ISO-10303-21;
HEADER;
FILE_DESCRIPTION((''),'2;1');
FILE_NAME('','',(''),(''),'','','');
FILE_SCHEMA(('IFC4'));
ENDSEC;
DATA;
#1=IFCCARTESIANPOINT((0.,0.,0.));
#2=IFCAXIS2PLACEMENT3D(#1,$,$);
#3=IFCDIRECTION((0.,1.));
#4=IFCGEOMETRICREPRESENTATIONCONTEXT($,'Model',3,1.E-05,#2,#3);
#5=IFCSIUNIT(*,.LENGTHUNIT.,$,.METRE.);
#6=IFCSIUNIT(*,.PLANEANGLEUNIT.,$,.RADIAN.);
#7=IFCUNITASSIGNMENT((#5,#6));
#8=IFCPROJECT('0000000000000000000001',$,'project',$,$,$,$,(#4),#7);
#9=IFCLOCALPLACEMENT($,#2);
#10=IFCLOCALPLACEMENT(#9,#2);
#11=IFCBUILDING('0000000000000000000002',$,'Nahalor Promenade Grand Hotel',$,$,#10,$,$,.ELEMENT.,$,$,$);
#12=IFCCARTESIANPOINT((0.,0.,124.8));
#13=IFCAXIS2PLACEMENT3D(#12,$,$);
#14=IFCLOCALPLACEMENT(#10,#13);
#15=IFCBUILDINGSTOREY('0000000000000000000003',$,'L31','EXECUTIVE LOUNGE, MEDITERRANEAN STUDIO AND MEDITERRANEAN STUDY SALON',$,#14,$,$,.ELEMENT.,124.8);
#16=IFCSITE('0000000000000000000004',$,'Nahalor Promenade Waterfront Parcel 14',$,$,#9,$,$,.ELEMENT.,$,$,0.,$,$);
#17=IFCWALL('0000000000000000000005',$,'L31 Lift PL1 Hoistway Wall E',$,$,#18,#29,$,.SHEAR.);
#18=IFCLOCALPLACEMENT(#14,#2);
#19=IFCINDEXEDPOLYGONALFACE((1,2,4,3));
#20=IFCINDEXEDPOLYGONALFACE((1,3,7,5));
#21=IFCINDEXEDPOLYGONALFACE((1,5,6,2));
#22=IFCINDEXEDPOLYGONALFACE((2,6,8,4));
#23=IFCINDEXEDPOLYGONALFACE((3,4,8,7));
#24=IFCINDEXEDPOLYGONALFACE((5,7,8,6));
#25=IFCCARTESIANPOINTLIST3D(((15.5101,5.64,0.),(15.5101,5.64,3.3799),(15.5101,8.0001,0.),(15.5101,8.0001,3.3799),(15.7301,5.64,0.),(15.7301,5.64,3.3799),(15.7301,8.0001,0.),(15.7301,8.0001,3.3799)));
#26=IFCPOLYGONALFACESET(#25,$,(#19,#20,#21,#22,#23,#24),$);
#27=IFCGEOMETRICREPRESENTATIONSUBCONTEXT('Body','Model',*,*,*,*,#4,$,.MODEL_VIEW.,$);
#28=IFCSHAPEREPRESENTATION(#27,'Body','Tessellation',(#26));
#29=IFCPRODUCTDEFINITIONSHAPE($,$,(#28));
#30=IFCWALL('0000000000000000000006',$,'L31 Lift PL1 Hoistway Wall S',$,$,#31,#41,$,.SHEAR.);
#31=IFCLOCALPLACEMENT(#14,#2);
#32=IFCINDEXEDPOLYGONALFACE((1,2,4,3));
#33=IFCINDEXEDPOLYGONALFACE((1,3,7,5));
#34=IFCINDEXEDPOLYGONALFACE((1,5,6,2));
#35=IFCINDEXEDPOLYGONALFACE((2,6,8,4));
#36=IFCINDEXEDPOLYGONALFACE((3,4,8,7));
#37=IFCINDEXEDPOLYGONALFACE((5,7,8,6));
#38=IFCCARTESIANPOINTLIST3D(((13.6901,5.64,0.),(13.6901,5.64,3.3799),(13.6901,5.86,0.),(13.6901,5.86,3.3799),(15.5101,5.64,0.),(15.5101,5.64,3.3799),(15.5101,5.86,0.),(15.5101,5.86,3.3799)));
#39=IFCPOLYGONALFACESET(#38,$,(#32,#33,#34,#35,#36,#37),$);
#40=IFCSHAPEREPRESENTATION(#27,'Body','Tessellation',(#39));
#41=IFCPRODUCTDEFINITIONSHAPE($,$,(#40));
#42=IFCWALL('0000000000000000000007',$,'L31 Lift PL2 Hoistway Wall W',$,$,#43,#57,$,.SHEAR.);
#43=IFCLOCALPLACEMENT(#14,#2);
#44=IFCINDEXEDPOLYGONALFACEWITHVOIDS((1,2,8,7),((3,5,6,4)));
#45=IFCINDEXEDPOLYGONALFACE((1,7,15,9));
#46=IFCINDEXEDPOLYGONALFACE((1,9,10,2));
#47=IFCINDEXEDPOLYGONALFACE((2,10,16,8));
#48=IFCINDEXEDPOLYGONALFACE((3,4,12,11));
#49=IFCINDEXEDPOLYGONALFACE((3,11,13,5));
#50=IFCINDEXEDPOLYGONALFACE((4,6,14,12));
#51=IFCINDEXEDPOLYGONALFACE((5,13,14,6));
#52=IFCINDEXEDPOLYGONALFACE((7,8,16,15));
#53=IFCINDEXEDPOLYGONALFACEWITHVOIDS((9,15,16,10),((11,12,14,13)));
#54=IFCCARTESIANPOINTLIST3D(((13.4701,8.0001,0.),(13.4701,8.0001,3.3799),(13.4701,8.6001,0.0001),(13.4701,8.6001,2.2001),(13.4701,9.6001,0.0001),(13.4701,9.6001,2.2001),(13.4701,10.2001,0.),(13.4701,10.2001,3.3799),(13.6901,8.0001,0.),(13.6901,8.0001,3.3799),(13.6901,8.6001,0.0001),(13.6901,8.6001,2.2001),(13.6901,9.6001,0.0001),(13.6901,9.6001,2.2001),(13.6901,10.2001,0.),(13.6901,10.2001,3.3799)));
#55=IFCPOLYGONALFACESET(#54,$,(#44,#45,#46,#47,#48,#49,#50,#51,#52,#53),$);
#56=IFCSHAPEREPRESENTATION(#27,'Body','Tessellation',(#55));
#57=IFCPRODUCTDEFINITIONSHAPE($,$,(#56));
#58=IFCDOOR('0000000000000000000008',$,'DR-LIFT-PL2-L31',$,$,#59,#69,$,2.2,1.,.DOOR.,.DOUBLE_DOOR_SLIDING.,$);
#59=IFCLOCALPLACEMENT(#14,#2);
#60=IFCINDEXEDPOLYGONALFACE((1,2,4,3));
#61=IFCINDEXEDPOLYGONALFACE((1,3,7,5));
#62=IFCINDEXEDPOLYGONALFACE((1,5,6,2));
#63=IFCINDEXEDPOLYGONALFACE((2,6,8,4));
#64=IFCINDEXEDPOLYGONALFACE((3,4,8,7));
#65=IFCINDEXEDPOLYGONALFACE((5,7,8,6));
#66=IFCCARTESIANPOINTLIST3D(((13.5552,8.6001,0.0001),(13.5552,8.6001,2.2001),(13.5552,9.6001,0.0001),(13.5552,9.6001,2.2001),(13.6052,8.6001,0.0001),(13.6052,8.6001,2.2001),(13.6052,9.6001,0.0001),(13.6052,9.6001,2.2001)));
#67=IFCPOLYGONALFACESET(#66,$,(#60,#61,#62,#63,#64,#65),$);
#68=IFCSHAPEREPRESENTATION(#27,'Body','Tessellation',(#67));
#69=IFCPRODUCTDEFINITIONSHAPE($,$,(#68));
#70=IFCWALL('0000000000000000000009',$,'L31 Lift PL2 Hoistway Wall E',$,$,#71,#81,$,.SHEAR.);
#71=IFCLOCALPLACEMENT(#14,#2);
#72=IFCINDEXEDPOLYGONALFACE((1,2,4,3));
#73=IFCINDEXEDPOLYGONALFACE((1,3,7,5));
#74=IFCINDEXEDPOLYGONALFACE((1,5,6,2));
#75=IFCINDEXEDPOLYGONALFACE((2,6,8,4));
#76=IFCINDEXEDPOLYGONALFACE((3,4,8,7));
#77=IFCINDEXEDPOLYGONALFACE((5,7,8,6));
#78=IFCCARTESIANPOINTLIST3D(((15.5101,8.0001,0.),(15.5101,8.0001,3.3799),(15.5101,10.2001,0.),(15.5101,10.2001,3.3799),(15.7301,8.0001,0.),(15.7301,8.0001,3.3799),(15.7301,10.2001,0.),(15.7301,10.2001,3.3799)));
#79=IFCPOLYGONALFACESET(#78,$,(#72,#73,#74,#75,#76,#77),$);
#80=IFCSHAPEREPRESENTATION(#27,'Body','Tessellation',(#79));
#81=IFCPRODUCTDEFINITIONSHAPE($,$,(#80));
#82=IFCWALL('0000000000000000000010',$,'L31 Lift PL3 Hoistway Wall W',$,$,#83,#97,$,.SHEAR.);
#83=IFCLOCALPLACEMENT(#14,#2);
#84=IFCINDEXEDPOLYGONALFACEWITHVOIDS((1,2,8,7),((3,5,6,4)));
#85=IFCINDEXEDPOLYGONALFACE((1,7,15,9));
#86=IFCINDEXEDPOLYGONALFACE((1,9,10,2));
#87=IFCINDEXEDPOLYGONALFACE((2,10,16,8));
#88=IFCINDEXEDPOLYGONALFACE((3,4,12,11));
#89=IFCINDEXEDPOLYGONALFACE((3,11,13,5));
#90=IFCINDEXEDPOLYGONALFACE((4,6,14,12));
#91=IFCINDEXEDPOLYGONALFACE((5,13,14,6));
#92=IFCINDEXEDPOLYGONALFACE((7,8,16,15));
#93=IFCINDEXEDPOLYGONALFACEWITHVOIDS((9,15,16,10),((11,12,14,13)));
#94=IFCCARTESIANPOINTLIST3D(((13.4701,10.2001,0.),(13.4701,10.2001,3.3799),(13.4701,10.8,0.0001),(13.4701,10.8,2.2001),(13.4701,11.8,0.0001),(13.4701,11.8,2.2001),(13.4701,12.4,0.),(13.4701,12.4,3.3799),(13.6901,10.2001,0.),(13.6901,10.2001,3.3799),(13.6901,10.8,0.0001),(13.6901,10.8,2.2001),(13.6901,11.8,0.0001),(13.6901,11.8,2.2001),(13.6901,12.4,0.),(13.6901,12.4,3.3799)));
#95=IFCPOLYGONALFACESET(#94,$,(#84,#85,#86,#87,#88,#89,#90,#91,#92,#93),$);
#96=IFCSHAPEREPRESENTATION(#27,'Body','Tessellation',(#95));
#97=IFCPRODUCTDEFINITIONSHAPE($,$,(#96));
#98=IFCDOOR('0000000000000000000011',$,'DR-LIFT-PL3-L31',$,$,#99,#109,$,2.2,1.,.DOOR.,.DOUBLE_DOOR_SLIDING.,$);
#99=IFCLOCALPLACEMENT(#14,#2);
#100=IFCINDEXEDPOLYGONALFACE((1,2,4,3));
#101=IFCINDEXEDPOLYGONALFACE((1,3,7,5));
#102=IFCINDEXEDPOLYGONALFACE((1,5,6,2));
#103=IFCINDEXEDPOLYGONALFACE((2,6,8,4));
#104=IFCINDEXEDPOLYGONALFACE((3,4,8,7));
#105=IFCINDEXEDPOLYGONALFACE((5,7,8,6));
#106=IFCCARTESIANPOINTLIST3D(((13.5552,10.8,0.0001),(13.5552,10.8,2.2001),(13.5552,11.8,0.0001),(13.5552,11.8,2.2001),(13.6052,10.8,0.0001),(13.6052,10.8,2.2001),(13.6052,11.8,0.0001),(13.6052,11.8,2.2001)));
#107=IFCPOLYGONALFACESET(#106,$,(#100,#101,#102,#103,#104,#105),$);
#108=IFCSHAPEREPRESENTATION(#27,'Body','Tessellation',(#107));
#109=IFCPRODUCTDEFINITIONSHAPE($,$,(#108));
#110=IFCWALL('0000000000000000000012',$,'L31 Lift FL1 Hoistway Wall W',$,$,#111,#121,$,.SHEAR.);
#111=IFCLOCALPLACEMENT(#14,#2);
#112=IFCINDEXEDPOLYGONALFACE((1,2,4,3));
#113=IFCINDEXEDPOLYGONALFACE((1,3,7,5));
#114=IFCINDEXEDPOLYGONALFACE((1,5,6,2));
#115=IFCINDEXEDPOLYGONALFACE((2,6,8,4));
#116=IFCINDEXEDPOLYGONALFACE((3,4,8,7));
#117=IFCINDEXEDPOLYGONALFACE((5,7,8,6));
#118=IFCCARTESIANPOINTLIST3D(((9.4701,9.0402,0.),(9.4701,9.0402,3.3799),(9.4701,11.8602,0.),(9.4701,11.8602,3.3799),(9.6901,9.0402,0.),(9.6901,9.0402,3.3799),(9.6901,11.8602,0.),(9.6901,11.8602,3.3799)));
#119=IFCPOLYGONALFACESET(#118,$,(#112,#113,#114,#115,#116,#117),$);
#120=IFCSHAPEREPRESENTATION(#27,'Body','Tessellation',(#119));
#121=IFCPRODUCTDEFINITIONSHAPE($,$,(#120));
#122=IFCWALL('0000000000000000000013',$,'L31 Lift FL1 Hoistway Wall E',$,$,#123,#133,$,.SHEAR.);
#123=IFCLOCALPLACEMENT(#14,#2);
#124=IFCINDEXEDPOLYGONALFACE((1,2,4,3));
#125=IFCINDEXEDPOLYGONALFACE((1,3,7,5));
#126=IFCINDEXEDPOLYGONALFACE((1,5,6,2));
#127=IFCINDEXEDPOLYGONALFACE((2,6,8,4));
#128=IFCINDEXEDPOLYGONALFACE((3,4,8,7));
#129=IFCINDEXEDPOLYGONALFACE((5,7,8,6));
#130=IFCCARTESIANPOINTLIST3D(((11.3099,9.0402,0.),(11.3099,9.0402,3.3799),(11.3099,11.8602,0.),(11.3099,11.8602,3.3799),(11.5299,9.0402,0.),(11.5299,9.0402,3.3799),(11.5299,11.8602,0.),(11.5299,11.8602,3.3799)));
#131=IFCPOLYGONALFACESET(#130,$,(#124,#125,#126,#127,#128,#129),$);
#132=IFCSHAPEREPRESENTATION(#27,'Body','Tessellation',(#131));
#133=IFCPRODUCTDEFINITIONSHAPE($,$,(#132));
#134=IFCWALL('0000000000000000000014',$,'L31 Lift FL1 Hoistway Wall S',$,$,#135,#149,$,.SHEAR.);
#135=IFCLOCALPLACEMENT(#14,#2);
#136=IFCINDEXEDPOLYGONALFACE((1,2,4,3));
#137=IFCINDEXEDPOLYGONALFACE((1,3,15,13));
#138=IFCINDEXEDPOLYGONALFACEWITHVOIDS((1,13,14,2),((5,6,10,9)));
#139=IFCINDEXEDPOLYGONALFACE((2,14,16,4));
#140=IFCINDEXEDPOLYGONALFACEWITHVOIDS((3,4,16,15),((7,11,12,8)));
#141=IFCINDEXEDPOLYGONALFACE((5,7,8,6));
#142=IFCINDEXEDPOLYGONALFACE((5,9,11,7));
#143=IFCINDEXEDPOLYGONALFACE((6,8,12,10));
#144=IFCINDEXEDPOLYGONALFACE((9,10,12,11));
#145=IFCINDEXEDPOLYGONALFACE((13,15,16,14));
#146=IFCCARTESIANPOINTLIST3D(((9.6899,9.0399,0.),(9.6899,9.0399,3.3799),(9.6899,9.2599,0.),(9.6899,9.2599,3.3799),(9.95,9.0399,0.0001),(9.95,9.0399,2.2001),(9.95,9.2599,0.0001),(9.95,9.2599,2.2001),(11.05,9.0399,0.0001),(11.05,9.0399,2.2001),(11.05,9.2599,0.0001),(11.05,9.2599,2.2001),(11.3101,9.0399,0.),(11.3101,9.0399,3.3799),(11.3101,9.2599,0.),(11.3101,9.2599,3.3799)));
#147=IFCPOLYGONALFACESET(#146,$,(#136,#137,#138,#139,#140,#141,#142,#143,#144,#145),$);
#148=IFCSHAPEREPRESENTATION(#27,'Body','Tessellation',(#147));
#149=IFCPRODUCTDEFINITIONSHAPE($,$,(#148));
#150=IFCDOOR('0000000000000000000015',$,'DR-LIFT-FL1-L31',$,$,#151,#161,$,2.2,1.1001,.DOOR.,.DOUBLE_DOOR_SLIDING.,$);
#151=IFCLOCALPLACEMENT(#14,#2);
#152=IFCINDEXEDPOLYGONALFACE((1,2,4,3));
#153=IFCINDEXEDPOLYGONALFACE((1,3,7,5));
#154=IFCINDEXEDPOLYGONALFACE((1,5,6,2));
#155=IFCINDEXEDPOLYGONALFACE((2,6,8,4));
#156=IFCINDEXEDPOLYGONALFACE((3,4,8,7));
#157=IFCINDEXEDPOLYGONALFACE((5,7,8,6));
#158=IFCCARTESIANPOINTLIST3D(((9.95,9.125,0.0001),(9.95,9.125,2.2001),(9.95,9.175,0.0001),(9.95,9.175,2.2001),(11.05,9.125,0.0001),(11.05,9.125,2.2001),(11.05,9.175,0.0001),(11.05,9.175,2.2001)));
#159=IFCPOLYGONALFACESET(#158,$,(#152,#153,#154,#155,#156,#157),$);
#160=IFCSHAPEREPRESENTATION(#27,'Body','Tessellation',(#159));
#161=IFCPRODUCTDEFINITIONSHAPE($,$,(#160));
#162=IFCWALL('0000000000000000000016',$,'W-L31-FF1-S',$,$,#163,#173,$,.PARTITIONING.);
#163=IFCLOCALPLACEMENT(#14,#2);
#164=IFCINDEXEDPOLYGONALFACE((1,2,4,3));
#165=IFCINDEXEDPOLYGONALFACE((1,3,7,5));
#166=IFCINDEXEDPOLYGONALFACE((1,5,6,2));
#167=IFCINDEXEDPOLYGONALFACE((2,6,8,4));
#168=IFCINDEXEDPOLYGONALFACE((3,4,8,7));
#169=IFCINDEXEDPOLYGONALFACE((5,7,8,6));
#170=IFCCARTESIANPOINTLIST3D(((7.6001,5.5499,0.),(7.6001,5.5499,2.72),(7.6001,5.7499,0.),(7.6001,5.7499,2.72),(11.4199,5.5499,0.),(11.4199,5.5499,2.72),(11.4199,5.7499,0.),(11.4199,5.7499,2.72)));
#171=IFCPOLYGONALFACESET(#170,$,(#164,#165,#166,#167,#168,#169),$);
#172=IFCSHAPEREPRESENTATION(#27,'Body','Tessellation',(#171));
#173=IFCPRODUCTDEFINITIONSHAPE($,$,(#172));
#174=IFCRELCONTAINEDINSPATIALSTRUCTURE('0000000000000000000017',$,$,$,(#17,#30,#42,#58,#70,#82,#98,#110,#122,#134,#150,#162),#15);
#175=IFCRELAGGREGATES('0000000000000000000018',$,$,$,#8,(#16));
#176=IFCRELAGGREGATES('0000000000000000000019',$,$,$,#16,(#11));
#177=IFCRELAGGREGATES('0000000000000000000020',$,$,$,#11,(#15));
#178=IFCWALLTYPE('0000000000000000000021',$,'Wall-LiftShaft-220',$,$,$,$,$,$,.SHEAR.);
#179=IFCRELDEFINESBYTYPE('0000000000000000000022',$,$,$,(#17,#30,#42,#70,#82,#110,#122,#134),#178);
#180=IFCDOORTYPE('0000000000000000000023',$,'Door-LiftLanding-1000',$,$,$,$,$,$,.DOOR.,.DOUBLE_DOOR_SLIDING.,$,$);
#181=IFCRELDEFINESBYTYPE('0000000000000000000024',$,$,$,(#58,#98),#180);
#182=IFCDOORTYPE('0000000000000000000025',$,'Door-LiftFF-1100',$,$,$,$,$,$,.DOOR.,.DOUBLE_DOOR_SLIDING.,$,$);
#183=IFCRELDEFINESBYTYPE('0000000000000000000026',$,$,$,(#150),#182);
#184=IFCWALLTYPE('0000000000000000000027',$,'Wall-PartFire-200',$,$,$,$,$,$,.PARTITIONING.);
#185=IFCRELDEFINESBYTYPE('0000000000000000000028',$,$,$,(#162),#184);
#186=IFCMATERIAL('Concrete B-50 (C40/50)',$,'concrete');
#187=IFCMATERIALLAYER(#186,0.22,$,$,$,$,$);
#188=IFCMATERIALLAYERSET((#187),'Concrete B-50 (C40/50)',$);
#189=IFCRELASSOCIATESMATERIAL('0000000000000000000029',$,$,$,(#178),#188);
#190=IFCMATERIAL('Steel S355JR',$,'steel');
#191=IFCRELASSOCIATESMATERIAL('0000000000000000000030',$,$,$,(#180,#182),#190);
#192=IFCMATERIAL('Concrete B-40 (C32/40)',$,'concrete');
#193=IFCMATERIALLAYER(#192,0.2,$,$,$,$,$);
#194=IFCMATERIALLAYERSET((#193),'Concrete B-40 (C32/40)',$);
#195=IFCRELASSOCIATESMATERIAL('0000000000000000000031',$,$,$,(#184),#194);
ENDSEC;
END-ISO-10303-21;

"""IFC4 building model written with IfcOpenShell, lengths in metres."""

from ifc_helpers import new_model, si_unit, direction, frame, frame_2d, origin, place, context, subcontext, project, spatial, rectangle, extrude, source, transform, mapped, material, layer, layer_set, type_object, element, fill, save


model = new_model("IFC4")

# Units and contexts
model_context = context("Model", 3, precision=1e-05, world=origin(), true_north=direction((0.0, 1.0)))
body_context = subcontext(model_context, "Body", "Model", "MODEL_VIEW")
ifc_project = project(units=[si_unit("LENGTHUNIT", "METRE"), si_unit("PLANEANGLEUNIT", "RADIAN")], contexts=[model_context])

# Site, building, storey
site_placement = place(None, origin())
site = spatial("IfcSite", under=ifc_project, at=site_placement, Name="Nahalor Promenade Waterfront Parcel 14", CompositionType="ELEMENT", RefElevation=0.0)
building_placement = place(site_placement, origin())
building = spatial("IfcBuilding", under=site, at=building_placement, Name="Nahalor Promenade Grand Hotel", CompositionType="ELEMENT")
storey_placement = place(building_placement, frame((0.0, 0.0, 124.8)))
storey = spatial("IfcBuildingStorey", under=building, at=storey_placement, Name="L31", Description="EXECUTIVE LOUNGE, MEDITERRANEAN STUDIO AND MEDITERRANEAN STUDY SALON", CompositionType="ELEMENT", Elevation=124.8)

# Shared definitions
ifc_material_1 = material(Name="Steel S355JR", Category="steel")

# Shared definitions
ifc_material_2 = material(Name="Concrete B-50 (C40/50)", Category="concrete")

# Shared definitions
ifc_layer_1 = layer(ifc_material_2, 0.22)
ifc_layer_set_1 = layer_set([ifc_layer_1], Name="Concrete B-50 (C40/50)")
wall_type_1 = type_object("IfcWallType", Name="Wall-LiftShaft-220", PredefinedType="SHEAR", material=ifc_layer_set_1)

# Shared definitions
shared_shape_1 = source(origin(), body_context, "Body", "SweptSolid", [
    extrude(rectangle(XDim=2.3601, YDim=0.22, at=frame_2d((1.1802, 0.0))), origin(), (0.0, 0.0, 1.0), 3.3799),
])
door_type_1 = type_object("IfcDoorType", Name="Door-LiftLanding-1000", OperationType="DOUBLE_DOOR_SLIDING", PredefinedType="DOOR", material=ifc_material_1)
shared_shape_2 = source(origin(), body_context, "Body", "SweptSolid", [
    extrude(rectangle(XDim=1.0, YDim=2.2, at=frame_2d((0.5, 1.1001))), frame((0.0, 0.0249, 0.0), z_axis=(0.0, -1.0, 0.0), x_axis=(1.0, 0.0, 0.0)), (0.0, 0.0, 1.0), 0.05),
])

# Walls
wall_1_placement = place(storey_placement, frame((15.6201, 5.6399, 0.0), z_axis=(0.0, 0.0, 1.0), x_axis=(0.0, 1.0, 0.0)))
element("IfcWall", 1, at=wall_1_placement, inside=storey, type_object=wall_type_1, Name="L31 Lift PL1 Hoistway Wall E", PredefinedType="SHEAR", context=body_context, shape_type="MappedRepresentation", body=[
    mapped(shared_shape_1, transform((0.0, 0.0, 0.0), scale=1.0)),
])
shared_shape_3 = source(origin(), body_context, "Body", "SweptSolid", [
    extrude(rectangle(XDim=1.8201, YDim=0.22, at=frame_2d((0.9102, 0.0))), origin(), (0.0, 0.0, 1.0), 3.3799),
])
wall_2_placement = place(storey_placement, frame((13.6899, 5.75, 0.0), z_axis=(0.0, 0.0, 1.0), x_axis=(1.0, 0.0, 0.0)))
element("IfcWall", 2, at=wall_2_placement, inside=storey, type_object=wall_type_1, Name="L31 Lift PL1 Hoistway Wall S", PredefinedType="SHEAR", context=body_context, shape_type="MappedRepresentation", body=[
    mapped(shared_shape_3, transform((0.0, 0.0, 0.0), scale=1.0)),
])

# Wall, opening, door
shared_shape_4 = source(origin(), body_context, "Body", "SweptSolid", [
    extrude(rectangle(XDim=2.2, YDim=0.22, at=frame_2d((1.1001, 0.0))), origin(), (0.0, 0.0, 1.0), 3.3799),
])
wall_3_placement = place(storey_placement, frame((13.5801, 8.0, 0.0), z_axis=(0.0, 0.0, 1.0), x_axis=(0.0, 1.0, 0.0)))
wall_3 = element("IfcWall", 3, at=wall_3_placement, inside=storey, type_object=wall_type_1, Name="L31 Lift PL2 Hoistway Wall W", PredefinedType="SHEAR", context=body_context, shape_type="MappedRepresentation", body=[
    mapped(shared_shape_4, transform((0.0, 0.0, 0.0), scale=1.0)),
])
opening_1_placement = place(wall_3_placement, frame((0.6001, 0.0, 0.0)))
opening_1 = element("IfcOpeningElement", 4, at=opening_1_placement, cuts=wall_3, PredefinedType="OPENING", context=body_context, shape_type="SweptSolid", body=[
    extrude(rectangle(XDim=1.0, YDim=2.2, at=frame_2d((0.5, 1.1001))), frame((0.0, 0.1199, 0.0), z_axis=(0.0, -1.0, 0.0), x_axis=(1.0, 0.0, 0.0)), (0.0, 0.0, 1.0), 0.24),
])
door_1_placement = place(opening_1_placement, origin())
door_1 = element("IfcDoor", 5, at=door_1_placement, inside=storey, type_object=door_type_1, Name="DR-LIFT-PL2-L31", OperationType="DOUBLE_DOOR_SLIDING", OverallHeight=2.2, OverallWidth=1.0, PredefinedType="DOOR", context=body_context, shape_type="MappedRepresentation", body=[
    mapped(shared_shape_2, transform((0.0, 0.0, 0.0), scale=1.0)),
])
fill(opening_1, door_1)

# Wall
wall_4_placement = place(storey_placement, frame((15.6201, 8.0, 0.0), z_axis=(0.0, 0.0, 1.0), x_axis=(0.0, 1.0, 0.0)))
element("IfcWall", 6, at=wall_4_placement, inside=storey, type_object=wall_type_1, Name="L31 Lift PL2 Hoistway Wall E", PredefinedType="SHEAR", context=body_context, shape_type="MappedRepresentation", body=[
    mapped(shared_shape_4, transform((0.0, 0.0, 0.0), scale=1.0)),
])

# Wall, opening, door
wall_5_placement = place(storey_placement, frame((13.5801, 10.2, 0.0), z_axis=(0.0, 0.0, 1.0), x_axis=(0.0, 1.0, 0.0)))
wall_5 = element("IfcWall", 7, at=wall_5_placement, inside=storey, type_object=wall_type_1, Name="L31 Lift PL3 Hoistway Wall W", PredefinedType="SHEAR", context=body_context, shape_type="MappedRepresentation", body=[
    mapped(shared_shape_4, transform((0.0, 0.0, 0.0), scale=1.0)),
])
opening_2_placement = place(wall_5_placement, frame((0.6001, 0.0, 0.0)))
opening_2 = element("IfcOpeningElement", 8, at=opening_2_placement, cuts=wall_5, PredefinedType="OPENING", context=body_context, shape_type="SweptSolid", body=[
    extrude(rectangle(XDim=1.0, YDim=2.2, at=frame_2d((0.5, 1.1001))), frame((0.0, 0.1199, 0.0), z_axis=(0.0, -1.0, 0.0), x_axis=(1.0, 0.0, 0.0)), (0.0, 0.0, 1.0), 0.24),
])
door_2_placement = place(opening_2_placement, origin())
door_2 = element("IfcDoor", 9, at=door_2_placement, inside=storey, type_object=door_type_1, Name="DR-LIFT-PL3-L31", OperationType="DOUBLE_DOOR_SLIDING", OverallHeight=2.2, OverallWidth=1.0, PredefinedType="DOOR", context=body_context, shape_type="MappedRepresentation", body=[
    mapped(shared_shape_2, transform((0.0, 0.0, 0.0), scale=1.0)),
])
fill(opening_2, door_2)

# Walls
shared_shape_5 = source(origin(), body_context, "Body", "SweptSolid", [
    extrude(rectangle(XDim=2.8201, YDim=0.22, at=frame_2d((1.4102, 0.0))), origin(), (0.0, 0.0, 1.0), 3.3799),
])
for number, where, z_axis, x_axis, name in (
    (10, (9.5801, 9.04, 0.0), (0.0, 0.0, 1.0), (0.0, 1.0, 0.0), "L31 Lift FL1 Hoistway Wall W"),
    (11, (11.4199, 9.04, 0.0), (0.0, 0.0, 1.0), (0.0, 1.0, 0.0), "L31 Lift FL1 Hoistway Wall E"),
):
    element("IfcWall", number, at=place(storey_placement, frame(where, z_axis=z_axis, x_axis=x_axis)), inside=storey, type_object=wall_type_1, Name=name, PredefinedType="SHEAR", context=body_context, shape_type="MappedRepresentation", body=[
        mapped(shared_shape_5, transform((0.0, 0.0, 0.0), scale=1.0)),
    ])

# Wall, opening, door
shared_shape_6 = source(origin(), body_context, "Body", "SweptSolid", [
    extrude(rectangle(XDim=1.6201, YDim=0.22, at=frame_2d((0.8101, 0.0))), origin(), (0.0, 0.0, 1.0), 3.3799),
])
wall_6_placement = place(storey_placement, frame((9.6899, 9.1499, 0.0), z_axis=(0.0, 0.0, 1.0), x_axis=(1.0, 0.0, 0.0)))
wall_6 = element("IfcWall", 12, at=wall_6_placement, inside=storey, type_object=wall_type_1, Name="L31 Lift FL1 Hoistway Wall S", PredefinedType="SHEAR", context=body_context, shape_type="MappedRepresentation", body=[
    mapped(shared_shape_6, transform((0.0, 0.0, 0.0), scale=1.0)),
])
opening_3_placement = place(wall_6_placement, frame((0.26, 0.0, 0.0)))
opening_3 = element("IfcOpeningElement", 13, at=opening_3_placement, cuts=wall_6, PredefinedType="OPENING", context=body_context, shape_type="SweptSolid", body=[
    extrude(rectangle(XDim=1.1001, YDim=2.2, at=frame_2d((0.55, 1.1001))), frame((0.0, 0.1199, 0.0), z_axis=(0.0, -1.0, 0.0), x_axis=(1.0, 0.0, 0.0)), (0.0, 0.0, 1.0), 0.24),
])
door_type_2 = type_object("IfcDoorType", Name="Door-LiftFF-1100", OperationType="DOUBLE_DOOR_SLIDING", PredefinedType="DOOR", material=ifc_material_1)
shared_shape_7 = source(origin(), body_context, "Body", "SweptSolid", [
    extrude(rectangle(XDim=1.1001, YDim=2.2, at=frame_2d((0.55, 1.1001))), frame((0.0, 0.0249, 0.0), z_axis=(0.0, -1.0, 0.0), x_axis=(1.0, 0.0, 0.0)), (0.0, 0.0, 1.0), 0.05),
])
door_3_placement = place(opening_3_placement, frame((1.1001, 0.0, 0.0), z_axis=(0.0, 0.0, 1.0), x_axis=(-1.0, 0.0, 0.0)))
door_3 = element("IfcDoor", 14, at=door_3_placement, inside=storey, type_object=door_type_2, Name="DR-LIFT-FL1-L31", OperationType="DOUBLE_DOOR_SLIDING", OverallHeight=2.2, OverallWidth=1.1001, PredefinedType="DOOR", context=body_context, shape_type="MappedRepresentation", body=[
    mapped(shared_shape_7, transform((0.0, 0.0, 0.0), scale=1.0)),
])
fill(opening_3, door_3)

# Wall
ifc_material_3 = material(Name="Concrete B-40 (C32/40)", Category="concrete")
ifc_layer_2 = layer(ifc_material_3, 0.2)
ifc_layer_set_2 = layer_set([ifc_layer_2], Name="Concrete B-40 (C32/40)")
wall_type_2 = type_object("IfcWallType", Name="Wall-PartFire-200", PredefinedType="PARTITIONING", material=ifc_layer_set_2)
shared_shape_8 = source(origin(), body_context, "Body", "SweptSolid", [
    extrude(rectangle(XDim=3.8198, YDim=0.2, at=frame_2d((1.9099, 0.0))), origin(), (0.0, 0.0, 1.0), 2.72),
])
wall_7_placement = place(storey_placement, frame((7.6001, 5.6499, 0.0), z_axis=(0.0, 0.0, 1.0), x_axis=(1.0, 0.0, 0.0)))
element("IfcWall", 15, at=wall_7_placement, inside=storey, type_object=wall_type_2, Name="W-L31-FF1-S", PredefinedType="PARTITIONING", context=body_context, shape_type="MappedRepresentation", body=[
    mapped(shared_shape_8, transform((0.0, 0.0, 0.0), scale=1.0)),
])

save(model, "model.ifc")
